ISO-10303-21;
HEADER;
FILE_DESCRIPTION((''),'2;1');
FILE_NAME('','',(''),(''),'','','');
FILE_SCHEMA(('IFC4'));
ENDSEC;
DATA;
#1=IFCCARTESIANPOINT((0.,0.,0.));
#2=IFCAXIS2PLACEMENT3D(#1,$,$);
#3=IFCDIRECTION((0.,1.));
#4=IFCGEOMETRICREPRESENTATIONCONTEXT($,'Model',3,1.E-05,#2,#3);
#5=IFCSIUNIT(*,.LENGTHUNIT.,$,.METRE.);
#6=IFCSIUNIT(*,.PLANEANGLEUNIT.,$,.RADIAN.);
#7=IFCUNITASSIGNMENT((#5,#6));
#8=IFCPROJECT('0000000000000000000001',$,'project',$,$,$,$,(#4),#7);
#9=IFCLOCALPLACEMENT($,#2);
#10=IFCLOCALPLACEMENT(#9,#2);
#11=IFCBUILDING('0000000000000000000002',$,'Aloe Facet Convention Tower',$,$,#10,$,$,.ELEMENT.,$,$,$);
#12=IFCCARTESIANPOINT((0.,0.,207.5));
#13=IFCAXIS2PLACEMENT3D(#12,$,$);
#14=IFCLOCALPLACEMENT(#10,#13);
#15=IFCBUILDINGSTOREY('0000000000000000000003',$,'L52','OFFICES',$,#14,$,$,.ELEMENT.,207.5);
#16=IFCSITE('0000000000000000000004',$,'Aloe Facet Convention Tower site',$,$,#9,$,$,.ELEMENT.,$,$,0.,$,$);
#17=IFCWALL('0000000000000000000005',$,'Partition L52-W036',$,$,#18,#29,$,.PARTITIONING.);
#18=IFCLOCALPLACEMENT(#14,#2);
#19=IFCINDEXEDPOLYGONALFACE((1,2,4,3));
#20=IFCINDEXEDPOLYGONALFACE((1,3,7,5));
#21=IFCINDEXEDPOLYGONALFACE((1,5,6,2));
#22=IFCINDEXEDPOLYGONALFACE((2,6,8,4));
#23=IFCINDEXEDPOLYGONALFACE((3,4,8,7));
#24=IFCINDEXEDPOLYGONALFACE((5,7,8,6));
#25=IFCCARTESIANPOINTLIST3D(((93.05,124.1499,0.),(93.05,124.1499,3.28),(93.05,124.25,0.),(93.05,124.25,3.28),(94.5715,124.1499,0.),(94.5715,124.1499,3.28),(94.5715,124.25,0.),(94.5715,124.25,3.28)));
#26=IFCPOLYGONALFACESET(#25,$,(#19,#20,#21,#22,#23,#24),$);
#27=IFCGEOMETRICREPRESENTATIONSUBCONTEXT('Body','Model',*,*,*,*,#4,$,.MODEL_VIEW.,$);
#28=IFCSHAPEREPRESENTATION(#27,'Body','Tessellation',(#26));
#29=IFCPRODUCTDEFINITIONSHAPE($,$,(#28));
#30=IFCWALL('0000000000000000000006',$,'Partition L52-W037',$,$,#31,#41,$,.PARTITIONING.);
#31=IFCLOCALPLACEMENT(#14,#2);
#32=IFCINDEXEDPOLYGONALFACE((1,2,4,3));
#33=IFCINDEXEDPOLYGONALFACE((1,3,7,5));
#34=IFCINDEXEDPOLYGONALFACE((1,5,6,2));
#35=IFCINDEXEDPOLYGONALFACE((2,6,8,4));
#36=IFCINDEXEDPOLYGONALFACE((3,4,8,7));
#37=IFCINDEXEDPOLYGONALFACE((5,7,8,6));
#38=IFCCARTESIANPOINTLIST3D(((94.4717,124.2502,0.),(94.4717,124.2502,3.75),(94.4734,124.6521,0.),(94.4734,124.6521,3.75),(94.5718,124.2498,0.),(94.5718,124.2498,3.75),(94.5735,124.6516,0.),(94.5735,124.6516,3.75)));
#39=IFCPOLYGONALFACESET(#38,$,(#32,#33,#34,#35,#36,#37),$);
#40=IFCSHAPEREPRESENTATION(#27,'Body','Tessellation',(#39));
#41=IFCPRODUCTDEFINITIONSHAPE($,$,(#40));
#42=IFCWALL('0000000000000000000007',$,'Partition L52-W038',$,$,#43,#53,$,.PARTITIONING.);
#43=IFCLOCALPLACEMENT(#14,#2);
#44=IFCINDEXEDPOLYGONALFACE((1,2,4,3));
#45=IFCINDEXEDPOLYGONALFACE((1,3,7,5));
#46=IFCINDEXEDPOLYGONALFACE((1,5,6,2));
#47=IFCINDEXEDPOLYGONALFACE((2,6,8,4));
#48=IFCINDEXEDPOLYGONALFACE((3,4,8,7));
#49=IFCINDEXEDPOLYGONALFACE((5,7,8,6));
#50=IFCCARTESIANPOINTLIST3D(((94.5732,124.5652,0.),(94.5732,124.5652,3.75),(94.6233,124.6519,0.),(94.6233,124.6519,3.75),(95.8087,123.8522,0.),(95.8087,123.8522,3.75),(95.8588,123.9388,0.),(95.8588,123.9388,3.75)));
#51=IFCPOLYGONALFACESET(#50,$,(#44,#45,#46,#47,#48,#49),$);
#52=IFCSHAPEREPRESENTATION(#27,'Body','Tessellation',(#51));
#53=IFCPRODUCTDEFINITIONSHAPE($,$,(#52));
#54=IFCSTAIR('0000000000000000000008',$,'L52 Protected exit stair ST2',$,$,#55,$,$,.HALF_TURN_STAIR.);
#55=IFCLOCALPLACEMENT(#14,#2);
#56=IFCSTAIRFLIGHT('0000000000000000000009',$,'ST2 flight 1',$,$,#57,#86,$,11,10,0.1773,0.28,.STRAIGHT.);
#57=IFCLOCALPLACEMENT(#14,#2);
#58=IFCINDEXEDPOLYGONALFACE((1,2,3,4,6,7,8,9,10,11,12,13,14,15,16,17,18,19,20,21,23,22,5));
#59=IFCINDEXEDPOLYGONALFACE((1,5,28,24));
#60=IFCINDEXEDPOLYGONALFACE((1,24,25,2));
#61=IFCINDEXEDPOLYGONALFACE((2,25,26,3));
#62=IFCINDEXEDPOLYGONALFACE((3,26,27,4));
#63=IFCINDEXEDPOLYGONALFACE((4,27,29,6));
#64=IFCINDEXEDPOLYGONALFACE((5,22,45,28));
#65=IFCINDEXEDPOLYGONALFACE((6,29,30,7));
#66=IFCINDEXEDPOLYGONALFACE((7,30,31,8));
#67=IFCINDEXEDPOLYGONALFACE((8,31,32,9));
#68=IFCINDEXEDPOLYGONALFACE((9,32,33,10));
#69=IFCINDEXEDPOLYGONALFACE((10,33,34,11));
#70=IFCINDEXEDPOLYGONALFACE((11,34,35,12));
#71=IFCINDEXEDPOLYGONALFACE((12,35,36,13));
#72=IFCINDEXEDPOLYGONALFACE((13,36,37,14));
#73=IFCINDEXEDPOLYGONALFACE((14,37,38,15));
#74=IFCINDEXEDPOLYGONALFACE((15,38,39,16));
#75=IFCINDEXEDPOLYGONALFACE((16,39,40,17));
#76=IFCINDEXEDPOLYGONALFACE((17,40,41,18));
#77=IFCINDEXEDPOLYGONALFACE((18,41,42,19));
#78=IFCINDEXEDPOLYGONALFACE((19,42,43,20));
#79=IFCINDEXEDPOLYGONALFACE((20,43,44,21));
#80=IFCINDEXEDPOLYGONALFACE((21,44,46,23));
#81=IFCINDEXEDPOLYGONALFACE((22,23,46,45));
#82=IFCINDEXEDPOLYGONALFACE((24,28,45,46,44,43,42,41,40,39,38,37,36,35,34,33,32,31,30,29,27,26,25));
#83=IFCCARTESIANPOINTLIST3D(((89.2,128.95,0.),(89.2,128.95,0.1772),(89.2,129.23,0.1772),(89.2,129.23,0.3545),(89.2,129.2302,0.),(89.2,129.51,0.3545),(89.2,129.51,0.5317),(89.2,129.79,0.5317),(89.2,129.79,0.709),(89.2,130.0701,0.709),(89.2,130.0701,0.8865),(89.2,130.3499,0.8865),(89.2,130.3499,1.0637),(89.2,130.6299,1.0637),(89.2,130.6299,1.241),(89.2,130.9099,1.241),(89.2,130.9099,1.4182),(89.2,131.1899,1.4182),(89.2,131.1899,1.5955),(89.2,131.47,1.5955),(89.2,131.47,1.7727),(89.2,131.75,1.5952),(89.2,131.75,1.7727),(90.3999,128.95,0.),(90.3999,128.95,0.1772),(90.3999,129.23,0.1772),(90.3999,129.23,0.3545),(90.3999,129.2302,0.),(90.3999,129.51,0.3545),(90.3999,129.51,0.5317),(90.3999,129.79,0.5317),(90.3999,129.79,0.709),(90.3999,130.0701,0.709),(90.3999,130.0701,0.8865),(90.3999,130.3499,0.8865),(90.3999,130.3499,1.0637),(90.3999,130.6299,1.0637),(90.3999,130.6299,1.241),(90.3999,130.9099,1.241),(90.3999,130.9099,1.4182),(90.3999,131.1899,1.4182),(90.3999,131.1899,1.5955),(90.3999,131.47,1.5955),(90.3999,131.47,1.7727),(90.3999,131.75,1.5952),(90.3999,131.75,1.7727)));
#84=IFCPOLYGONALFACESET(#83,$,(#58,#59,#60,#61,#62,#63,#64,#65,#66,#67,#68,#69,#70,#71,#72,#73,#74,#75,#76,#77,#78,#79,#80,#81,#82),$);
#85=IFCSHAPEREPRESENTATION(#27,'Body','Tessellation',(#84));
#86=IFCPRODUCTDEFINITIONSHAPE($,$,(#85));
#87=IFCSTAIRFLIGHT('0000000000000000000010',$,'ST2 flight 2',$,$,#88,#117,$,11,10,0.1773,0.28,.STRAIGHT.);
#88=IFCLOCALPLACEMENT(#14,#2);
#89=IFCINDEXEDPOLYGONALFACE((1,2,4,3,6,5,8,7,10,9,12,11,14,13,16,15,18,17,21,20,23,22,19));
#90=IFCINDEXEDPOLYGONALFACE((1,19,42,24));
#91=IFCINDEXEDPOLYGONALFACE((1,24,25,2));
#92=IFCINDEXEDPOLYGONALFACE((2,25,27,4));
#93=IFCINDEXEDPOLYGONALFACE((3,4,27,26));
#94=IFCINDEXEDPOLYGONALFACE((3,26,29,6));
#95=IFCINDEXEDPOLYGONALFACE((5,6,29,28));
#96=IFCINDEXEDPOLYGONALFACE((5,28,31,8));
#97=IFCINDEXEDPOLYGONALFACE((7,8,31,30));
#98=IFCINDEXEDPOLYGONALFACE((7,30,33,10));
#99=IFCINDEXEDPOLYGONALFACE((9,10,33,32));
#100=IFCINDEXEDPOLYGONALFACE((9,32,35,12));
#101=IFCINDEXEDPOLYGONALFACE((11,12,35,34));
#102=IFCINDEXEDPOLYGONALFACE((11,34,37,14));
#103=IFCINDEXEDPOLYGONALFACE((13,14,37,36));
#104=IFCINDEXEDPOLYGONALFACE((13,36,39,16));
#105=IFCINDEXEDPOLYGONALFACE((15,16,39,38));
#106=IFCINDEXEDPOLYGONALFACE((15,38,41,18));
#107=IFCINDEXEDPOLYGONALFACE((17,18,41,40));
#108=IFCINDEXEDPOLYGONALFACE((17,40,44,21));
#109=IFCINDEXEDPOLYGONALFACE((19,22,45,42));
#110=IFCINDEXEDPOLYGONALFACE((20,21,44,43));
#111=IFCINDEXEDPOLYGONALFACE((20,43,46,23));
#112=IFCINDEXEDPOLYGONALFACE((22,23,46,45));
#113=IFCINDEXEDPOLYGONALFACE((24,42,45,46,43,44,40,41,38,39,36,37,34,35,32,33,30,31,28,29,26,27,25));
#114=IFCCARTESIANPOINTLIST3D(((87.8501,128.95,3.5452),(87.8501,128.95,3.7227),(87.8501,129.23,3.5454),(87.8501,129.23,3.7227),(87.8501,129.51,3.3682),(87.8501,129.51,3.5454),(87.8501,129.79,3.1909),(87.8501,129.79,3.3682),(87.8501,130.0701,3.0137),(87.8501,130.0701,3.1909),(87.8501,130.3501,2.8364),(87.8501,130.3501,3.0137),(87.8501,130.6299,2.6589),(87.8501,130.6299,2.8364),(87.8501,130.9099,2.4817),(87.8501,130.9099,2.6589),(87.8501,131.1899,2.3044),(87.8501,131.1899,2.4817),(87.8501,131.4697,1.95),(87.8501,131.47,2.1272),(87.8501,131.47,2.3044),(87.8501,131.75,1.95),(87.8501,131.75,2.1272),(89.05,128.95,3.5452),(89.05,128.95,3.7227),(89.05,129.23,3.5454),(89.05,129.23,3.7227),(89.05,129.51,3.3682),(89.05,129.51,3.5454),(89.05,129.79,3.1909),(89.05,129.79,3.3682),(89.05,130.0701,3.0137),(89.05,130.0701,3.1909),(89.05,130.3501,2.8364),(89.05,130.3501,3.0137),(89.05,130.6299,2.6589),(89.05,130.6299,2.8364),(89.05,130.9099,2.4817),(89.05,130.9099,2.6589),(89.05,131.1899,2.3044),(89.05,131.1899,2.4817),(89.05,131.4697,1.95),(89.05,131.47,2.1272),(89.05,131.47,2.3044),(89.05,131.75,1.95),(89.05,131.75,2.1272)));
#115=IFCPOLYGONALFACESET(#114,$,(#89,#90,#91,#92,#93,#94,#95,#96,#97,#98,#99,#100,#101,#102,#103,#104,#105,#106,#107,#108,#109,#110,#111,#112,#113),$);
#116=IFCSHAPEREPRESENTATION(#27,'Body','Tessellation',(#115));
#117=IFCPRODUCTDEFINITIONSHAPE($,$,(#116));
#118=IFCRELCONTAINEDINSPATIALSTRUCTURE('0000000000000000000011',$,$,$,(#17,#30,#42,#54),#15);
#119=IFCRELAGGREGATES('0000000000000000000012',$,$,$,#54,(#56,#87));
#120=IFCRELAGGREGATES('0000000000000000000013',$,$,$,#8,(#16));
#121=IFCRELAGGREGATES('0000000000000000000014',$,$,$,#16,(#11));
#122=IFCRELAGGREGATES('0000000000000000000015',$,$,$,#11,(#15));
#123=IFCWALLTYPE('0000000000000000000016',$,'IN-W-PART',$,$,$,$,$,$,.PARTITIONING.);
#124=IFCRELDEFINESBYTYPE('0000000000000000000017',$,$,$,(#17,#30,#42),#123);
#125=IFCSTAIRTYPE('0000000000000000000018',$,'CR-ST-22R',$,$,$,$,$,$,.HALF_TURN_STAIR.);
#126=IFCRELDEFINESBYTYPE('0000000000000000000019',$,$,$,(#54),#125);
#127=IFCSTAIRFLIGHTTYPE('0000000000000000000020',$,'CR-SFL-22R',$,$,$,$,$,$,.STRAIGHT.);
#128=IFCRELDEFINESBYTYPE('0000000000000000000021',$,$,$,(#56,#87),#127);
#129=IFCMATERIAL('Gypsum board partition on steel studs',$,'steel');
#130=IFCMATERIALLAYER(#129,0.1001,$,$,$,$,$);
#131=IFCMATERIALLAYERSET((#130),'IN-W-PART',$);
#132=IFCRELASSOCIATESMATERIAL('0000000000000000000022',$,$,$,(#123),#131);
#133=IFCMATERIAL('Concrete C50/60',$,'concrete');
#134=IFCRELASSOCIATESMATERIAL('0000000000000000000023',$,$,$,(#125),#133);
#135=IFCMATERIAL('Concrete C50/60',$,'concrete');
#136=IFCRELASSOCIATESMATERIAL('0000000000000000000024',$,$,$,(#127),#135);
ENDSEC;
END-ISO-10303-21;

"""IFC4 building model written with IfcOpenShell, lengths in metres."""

from ifc_helpers import new_model, si_unit, direction, frame, frame_2d, origin, place, context, subcontext, project, spatial, polyline, rectangle, outline, extrude, material, layer, layer_set, type_object, element, aggregate, save


model = new_model("IFC4")

# Units and contexts
model_context = context("Model", 3, precision=1e-05, world=origin(), true_north=direction((0.0, 1.0)))
body_context = subcontext(model_context, "Body", "Model", "MODEL_VIEW")
ifc_project = project(units=[si_unit("LENGTHUNIT", "METRE"), si_unit("PLANEANGLEUNIT", "RADIAN")], contexts=[model_context])

# Site, building, storey
site_placement = place(None, origin())
site = spatial("IfcSite", under=ifc_project, at=site_placement, Name="Aloe Facet Convention Tower site", CompositionType="ELEMENT", RefElevation=0.0)
building_placement = place(site_placement, origin())
building = spatial("IfcBuilding", under=site, at=building_placement, Name="Aloe Facet Convention Tower", CompositionType="ELEMENT")
storey_placement = place(building_placement, frame((0.0, 0.0, 207.5)))
storey = spatial("IfcBuildingStorey", under=building, at=storey_placement, Name="L52", Description="OFFICES", CompositionType="ELEMENT", Elevation=207.5)

# Walls
ifc_material_1 = material(Name="Gypsum board partition on steel studs", Category="steel")
ifc_layer_1 = layer(ifc_material_1, 0.1001)
ifc_layer_set_1 = layer_set([ifc_layer_1], Name="IN-W-PART")
wall_type_1 = type_object("IfcWallType", Name="IN-W-PART", PredefinedType="PARTITIONING", material=ifc_layer_set_1)
wall_1_placement = place(storey_placement, frame((93.05, 124.2, 0.0), z_axis=(0.0, 0.0, 1.0), x_axis=(1.0, 0.0, 0.0)))
element("IfcWall", 1, at=wall_1_placement, inside=storey, type_object=wall_type_1, Name="Partition L52-W036", PredefinedType="PARTITIONING", context=body_context, shape_type="SweptSolid", body=[
    extrude(rectangle(XDim=1.5215, YDim=0.1001, at=frame_2d((0.7607, 0.0))), origin(), (0.0, 0.0, 1.0), 3.28),
])
wall_2_placement = place(storey_placement, frame((94.5217, 124.25, 0.0), z_axis=(0.0, 0.0, 1.0), x_axis=(0.004253, 0.999991, 0.0)))
element("IfcWall", 2, at=wall_2_placement, inside=storey, type_object=wall_type_1, Name="Partition L52-W037", PredefinedType="PARTITIONING", context=body_context, shape_type="SweptSolid", body=[
    extrude(rectangle(XDim=0.4019, YDim=0.1001, at=frame_2d((0.2009, 0.0))), origin(), (0.0, 0.0, 1.0), 3.75),
])
wall_3_placement = place(storey_placement, frame((94.5981, 124.6086, 0.0), z_axis=(0.0, 0.0, 1.0), x_axis=(0.866097, -0.499876, 0.0)))
element("IfcWall", 3, at=wall_3_placement, inside=storey, type_object=wall_type_1, Name="Partition L52-W038", PredefinedType="PARTITIONING", context=body_context, shape_type="SweptSolid", body=[
    extrude(rectangle(XDim=1.4265, YDim=0.1001, at=frame_2d((0.7134, 0.0))), origin(), (0.0, 0.0, 1.0), 3.75),
])

# Stair, stair flights
ifc_material_2 = material(Name="Concrete C50/60", Category="concrete")
stair_type = type_object("IfcStairType", Name="CR-ST-22R", PredefinedType="HALF_TURN_STAIR", material=ifc_material_2)
stair_placement = place(storey_placement, origin())
stair = element("IfcStair", 4, at=stair_placement, inside=storey, type_object=stair_type, Name="L52 Protected exit stair ST2", PredefinedType="HALF_TURN_STAIR")
ifc_material_3 = material(Name="Concrete C50/60", Category="concrete")
stair_flight_type = type_object("IfcStairFlightType", Name="CR-SFL-22R", PredefinedType="STRAIGHT", material=ifc_material_3)
stair_flight_1_placement = place(storey_placement, frame((89.8, 128.95, 0.0), z_axis=(0.0, 0.0, 1.0), x_axis=(0.0, 1.0, 0.0)))
stair_flight_1 = element("IfcStairFlight", 5, at=stair_flight_1_placement, type_object=stair_flight_type, Name="ST2 flight 1", NumberOfRisers=11, NumberOfTreads=10, PredefinedType="STRAIGHT", RiserHeight=0.1773, TreadLength=0.28, context=body_context, shape_type="SweptSolid", body=[
    extrude(outline(polyline([(0.0, 0.0), (0.0, 0.1772), (0.28, 0.1772), (0.28, 0.3545), (0.5601, 0.3545), (0.5601, 0.5317), (0.8401, 0.5317), (0.8401, 0.709), (1.1201, 0.709), (1.1201, 0.8865), (1.3999, 0.8865), (1.3999, 1.0637), (1.6799, 1.0637), (1.6799, 1.241), (1.96, 1.241), (1.96, 1.4182), (2.24, 1.4182), (2.24, 1.5955), (2.52, 1.5955), (2.52, 1.7727), (2.8, 1.7727), (2.8, 1.95), (2.8, 1.5952), (0.2803, 0.0), (0.0, 0.0)])), frame((0.0, 0.6001, 0.0), z_axis=(0.0, -1.0, 0.0), x_axis=(1.0, 0.0, 0.0)), (0.0, 0.0, 1.0), 1.2),
])
stair_flight_2_placement = place(storey_placement, frame((88.45, 131.75, 1.95), z_axis=(0.0, 0.0, 1.0), x_axis=(0.0, -1.0, 0.0)))
stair_flight_2 = element("IfcStairFlight", 6, at=stair_flight_2_placement, type_object=stair_flight_type, Name="ST2 flight 2", NumberOfRisers=11, NumberOfTreads=10, PredefinedType="STRAIGHT", RiserHeight=0.1773, TreadLength=0.28, context=body_context, shape_type="SweptSolid", body=[
    extrude(outline(polyline([(0.0, 0.0), (0.0, 0.1772), (0.28, 0.1772), (0.28, 0.3545), (0.5601, 0.3545), (0.5601, 0.5317), (0.8401, 0.5317), (0.8401, 0.709), (1.1201, 0.709), (1.1201, 0.8865), (1.3999, 0.8865), (1.3999, 1.0637), (1.6799, 1.0637), (1.6799, 1.241), (1.96, 1.241), (1.96, 1.4182), (2.24, 1.4182), (2.24, 1.5955), (2.52, 1.5955), (2.52, 1.7727), (2.8, 1.7727), (2.8, 1.95), (2.8, 1.5952), (0.2803, 0.0), (0.0, 0.0)])), frame((0.0, 0.6001, 0.0), z_axis=(0.0, -1.0, 0.0), x_axis=(1.0, 0.0, 0.0)), (0.0, 0.0, 1.0), 1.2),
])
aggregate(stair, [stair_flight_1, stair_flight_2])

save(model, "model.ifc")
